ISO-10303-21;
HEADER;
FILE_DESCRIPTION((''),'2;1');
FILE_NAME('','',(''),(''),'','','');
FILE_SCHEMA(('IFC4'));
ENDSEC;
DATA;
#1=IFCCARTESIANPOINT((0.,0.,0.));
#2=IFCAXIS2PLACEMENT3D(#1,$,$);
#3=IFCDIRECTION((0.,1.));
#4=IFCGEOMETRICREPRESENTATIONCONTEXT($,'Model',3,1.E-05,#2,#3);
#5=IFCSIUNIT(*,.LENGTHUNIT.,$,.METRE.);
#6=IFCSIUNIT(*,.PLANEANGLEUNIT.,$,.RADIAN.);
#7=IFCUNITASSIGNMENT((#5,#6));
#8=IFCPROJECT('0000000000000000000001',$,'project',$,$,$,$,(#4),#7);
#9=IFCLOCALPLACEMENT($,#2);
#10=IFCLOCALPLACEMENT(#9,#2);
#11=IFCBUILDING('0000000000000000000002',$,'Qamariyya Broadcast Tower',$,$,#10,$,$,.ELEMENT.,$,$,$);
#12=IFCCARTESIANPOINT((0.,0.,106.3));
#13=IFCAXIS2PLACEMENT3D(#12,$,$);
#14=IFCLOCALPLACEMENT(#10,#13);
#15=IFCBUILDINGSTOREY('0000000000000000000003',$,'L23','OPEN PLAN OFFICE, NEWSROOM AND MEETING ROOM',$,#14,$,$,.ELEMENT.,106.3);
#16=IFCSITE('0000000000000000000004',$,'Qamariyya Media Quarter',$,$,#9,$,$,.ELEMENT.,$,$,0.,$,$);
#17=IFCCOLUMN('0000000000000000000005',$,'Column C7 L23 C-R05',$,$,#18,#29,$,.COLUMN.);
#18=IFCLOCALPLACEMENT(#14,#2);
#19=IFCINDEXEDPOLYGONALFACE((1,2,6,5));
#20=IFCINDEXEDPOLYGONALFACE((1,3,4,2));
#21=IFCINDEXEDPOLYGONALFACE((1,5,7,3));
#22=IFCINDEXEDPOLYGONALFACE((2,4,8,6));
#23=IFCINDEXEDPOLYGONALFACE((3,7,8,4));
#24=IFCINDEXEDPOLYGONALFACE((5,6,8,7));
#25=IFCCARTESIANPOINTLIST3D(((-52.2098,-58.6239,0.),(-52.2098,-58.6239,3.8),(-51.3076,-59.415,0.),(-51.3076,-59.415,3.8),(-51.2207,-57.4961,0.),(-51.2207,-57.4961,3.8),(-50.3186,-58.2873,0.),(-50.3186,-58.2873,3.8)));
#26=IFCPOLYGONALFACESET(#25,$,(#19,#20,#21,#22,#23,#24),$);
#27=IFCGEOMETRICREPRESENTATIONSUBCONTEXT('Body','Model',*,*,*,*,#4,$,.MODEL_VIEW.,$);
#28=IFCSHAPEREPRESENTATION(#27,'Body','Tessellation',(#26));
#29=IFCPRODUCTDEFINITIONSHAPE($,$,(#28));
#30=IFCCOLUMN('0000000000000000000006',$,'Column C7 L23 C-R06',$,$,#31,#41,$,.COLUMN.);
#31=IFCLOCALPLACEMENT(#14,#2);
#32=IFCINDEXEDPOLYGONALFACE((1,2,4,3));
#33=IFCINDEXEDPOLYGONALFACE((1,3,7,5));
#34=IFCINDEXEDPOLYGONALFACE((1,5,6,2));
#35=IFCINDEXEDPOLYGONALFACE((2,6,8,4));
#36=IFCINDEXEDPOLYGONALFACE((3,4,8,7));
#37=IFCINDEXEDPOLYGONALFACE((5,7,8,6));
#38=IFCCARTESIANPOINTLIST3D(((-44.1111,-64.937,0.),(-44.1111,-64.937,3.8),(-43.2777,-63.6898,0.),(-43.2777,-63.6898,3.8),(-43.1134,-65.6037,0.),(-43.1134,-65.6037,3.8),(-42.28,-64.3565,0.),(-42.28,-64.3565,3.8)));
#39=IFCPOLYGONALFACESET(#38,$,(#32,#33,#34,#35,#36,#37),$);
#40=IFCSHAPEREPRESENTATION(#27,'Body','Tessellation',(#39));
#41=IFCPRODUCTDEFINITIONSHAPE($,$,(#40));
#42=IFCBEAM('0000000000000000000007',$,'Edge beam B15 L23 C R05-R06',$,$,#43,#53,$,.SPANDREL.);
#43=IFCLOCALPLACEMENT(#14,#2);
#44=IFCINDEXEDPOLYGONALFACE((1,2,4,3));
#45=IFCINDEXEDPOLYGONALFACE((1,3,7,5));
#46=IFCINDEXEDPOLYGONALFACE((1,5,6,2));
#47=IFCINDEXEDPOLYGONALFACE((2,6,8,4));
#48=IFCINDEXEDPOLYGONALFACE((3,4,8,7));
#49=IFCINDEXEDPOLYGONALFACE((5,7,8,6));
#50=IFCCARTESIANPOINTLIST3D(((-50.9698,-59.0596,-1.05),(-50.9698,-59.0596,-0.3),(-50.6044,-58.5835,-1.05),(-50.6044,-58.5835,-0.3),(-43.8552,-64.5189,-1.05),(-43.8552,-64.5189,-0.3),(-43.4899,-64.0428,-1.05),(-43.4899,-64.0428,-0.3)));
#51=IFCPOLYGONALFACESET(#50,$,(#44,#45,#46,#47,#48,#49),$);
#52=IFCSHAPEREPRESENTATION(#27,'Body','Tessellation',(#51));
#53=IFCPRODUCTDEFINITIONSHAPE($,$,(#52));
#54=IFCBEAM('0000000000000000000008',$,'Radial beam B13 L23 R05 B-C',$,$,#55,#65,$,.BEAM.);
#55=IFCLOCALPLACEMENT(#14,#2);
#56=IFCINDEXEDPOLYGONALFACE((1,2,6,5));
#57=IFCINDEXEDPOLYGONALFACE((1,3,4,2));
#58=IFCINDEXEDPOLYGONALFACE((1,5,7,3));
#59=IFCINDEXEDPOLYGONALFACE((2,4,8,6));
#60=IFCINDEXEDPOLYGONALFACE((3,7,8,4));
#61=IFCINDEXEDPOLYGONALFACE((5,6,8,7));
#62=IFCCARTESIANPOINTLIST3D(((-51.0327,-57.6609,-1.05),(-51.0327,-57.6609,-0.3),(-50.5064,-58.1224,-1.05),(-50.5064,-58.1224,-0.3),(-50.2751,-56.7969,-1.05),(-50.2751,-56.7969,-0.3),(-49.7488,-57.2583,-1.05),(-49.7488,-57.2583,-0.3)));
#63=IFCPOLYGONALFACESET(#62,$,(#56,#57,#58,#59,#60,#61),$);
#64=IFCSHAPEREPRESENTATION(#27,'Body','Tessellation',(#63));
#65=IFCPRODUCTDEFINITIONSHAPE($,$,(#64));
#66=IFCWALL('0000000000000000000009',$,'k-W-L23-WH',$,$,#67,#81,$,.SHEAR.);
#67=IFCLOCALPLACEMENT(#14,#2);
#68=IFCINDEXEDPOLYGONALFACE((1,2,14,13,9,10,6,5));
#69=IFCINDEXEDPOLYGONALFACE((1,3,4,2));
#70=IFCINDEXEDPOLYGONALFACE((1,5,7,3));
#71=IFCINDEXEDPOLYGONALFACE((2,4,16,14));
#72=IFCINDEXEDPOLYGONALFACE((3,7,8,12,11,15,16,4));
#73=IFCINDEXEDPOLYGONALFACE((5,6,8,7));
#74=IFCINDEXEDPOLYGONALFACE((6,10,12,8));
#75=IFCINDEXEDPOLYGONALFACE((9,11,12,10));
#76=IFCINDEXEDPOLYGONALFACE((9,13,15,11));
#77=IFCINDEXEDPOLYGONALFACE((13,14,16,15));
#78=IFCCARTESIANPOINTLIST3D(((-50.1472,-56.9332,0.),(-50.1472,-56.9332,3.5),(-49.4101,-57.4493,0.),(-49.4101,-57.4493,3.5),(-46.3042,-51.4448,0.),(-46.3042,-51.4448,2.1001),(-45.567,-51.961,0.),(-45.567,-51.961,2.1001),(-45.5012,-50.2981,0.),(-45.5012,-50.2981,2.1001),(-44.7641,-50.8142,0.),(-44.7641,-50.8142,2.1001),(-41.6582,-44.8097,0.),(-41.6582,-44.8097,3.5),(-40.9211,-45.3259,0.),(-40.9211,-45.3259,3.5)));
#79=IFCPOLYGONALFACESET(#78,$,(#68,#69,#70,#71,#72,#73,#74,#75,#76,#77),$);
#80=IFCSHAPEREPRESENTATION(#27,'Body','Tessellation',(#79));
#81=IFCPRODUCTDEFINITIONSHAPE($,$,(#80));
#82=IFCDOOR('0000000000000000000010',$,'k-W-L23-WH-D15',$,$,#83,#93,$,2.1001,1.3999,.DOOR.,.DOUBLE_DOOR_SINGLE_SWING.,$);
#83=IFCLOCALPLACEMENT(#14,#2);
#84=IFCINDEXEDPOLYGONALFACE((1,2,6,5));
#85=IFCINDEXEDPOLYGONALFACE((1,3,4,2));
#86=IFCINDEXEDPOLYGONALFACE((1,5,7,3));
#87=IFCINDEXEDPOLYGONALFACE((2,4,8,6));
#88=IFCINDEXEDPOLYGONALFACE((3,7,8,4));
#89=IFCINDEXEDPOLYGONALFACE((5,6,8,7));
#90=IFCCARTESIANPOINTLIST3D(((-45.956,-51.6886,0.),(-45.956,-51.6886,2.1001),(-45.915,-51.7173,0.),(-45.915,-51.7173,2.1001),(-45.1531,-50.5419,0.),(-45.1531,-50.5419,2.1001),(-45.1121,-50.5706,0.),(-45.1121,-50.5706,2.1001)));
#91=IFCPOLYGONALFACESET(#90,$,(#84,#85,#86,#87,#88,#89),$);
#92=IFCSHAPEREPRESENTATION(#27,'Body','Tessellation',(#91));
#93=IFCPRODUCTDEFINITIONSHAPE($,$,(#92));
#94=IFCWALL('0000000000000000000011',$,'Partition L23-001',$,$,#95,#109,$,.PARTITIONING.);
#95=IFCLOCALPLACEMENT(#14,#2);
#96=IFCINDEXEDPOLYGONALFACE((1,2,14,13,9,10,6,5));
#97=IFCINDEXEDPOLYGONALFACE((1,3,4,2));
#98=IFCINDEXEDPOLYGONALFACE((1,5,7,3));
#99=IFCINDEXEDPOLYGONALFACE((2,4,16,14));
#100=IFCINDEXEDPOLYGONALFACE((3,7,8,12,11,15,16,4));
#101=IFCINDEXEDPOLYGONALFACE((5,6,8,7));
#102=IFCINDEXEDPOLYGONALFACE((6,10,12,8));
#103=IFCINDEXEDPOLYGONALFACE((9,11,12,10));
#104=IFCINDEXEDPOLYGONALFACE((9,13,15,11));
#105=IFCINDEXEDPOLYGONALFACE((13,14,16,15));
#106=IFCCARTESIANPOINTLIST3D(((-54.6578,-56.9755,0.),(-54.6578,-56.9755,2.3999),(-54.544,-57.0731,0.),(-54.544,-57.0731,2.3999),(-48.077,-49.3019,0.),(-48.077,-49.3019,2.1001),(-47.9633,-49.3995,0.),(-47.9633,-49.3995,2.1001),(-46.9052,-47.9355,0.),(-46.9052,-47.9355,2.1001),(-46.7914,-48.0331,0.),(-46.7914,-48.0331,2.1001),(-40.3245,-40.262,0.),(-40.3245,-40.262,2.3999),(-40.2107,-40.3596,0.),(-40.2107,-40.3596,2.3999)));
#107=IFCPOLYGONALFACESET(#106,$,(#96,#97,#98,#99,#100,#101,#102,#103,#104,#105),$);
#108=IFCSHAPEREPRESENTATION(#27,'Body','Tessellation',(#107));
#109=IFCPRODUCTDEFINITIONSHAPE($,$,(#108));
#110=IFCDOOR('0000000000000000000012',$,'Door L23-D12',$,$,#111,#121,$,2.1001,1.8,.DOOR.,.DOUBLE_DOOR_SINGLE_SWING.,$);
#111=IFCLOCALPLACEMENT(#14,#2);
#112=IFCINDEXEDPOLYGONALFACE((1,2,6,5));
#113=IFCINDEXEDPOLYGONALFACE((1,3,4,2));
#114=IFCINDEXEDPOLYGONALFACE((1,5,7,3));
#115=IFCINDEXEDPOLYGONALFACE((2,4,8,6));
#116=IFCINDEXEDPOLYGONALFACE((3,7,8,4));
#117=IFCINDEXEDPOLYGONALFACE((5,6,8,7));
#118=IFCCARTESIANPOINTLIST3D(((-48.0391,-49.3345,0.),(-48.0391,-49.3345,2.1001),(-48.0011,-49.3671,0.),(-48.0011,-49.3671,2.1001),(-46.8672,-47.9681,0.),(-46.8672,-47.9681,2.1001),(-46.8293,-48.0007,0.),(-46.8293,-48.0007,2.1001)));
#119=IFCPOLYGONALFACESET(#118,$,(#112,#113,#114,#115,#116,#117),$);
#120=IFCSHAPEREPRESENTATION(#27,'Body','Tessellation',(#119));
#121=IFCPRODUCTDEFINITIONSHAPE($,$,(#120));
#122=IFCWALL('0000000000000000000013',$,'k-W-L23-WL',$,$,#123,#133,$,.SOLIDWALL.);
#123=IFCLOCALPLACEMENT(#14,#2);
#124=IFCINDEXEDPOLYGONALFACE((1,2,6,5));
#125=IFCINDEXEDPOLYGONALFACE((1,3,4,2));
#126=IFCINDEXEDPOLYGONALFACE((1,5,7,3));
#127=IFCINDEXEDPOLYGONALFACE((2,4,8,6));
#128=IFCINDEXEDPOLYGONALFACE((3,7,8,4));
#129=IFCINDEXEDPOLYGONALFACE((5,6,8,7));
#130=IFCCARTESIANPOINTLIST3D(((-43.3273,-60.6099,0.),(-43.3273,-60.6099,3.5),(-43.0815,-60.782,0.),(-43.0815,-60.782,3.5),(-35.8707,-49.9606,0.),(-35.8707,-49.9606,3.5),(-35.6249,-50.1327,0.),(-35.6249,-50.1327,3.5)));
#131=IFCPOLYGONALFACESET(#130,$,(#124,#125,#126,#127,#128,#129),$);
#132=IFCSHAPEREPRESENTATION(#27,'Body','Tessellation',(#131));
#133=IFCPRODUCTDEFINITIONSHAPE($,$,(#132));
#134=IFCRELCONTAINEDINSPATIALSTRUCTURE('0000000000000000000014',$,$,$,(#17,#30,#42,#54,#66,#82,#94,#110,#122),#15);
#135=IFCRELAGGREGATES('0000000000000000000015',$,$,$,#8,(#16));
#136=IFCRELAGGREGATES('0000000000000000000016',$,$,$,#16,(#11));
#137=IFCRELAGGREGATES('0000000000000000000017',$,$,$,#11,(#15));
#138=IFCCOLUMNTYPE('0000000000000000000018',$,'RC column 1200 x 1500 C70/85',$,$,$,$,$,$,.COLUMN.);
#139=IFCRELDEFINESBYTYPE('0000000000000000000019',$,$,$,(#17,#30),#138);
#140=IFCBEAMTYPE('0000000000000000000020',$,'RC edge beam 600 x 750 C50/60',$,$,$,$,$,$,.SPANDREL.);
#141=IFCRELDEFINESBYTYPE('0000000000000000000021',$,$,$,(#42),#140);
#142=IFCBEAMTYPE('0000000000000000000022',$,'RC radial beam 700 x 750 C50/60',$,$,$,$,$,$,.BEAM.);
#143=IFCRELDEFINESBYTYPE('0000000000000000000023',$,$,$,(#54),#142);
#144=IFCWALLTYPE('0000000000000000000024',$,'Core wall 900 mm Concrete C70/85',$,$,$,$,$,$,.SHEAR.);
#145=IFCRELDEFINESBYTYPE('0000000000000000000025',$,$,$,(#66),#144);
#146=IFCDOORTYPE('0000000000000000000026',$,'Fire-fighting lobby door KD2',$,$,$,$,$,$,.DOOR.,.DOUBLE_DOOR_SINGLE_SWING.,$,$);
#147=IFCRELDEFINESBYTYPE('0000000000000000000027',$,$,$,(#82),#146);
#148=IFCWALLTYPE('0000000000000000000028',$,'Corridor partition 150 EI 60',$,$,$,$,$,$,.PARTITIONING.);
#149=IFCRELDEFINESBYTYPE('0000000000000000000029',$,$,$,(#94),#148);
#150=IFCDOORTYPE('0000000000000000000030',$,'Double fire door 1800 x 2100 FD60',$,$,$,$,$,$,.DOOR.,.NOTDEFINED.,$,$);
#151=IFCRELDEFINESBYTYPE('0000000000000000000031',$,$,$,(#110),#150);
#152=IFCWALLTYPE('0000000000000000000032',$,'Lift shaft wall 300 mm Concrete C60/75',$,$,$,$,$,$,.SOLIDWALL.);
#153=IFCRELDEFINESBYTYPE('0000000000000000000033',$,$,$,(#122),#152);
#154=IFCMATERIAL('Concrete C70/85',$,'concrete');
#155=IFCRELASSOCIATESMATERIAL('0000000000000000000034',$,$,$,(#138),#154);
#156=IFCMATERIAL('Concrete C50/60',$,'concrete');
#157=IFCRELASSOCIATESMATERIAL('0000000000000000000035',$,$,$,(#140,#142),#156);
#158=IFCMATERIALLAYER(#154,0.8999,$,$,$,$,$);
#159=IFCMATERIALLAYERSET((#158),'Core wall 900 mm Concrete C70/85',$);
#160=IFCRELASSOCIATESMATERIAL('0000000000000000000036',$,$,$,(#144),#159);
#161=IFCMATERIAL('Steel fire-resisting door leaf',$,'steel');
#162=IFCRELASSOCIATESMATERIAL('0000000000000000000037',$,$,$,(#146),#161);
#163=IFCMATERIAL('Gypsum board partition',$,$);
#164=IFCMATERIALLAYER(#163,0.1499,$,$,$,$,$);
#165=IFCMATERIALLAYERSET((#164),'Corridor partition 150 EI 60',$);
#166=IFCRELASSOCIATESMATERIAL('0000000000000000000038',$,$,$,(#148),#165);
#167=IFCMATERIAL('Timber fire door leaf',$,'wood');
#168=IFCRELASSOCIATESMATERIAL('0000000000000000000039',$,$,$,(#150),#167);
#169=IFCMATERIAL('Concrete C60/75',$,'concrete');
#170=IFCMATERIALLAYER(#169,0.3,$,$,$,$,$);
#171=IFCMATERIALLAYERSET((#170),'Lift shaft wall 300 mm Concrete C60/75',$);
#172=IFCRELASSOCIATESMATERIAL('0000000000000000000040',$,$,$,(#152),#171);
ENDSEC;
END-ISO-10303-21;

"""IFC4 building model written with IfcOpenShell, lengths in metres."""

from ifc_helpers import new_model, si_unit, direction, frame, frame_2d, origin, origin_2d, place, context, subcontext, project, spatial, rectangle, extrude, material, layer, layer_set, material_profile, profile_set, type_object, element, fill, save


model = new_model("IFC4")

# Units and contexts
model_context = context("Model", 3, precision=1e-05, world=origin(), true_north=direction((0.0, 1.0)))
body_context = subcontext(model_context, "Body", "Model", "MODEL_VIEW")
ifc_project = project(units=[si_unit("LENGTHUNIT", "METRE"), si_unit("PLANEANGLEUNIT", "RADIAN")], contexts=[model_context])

# Site, building, storey
site_placement = place(None, origin())
site = spatial("IfcSite", under=ifc_project, at=site_placement, Name="Qamariyya Media Quarter", CompositionType="ELEMENT", RefElevation=0.0)
building_placement = place(site_placement, origin())
building = spatial("IfcBuilding", under=site, at=building_placement, Name="Qamariyya Broadcast Tower", CompositionType="ELEMENT")
storey_placement = place(building_placement, frame((0.0, 0.0, 106.3)))
storey = spatial("IfcBuildingStorey", under=building, at=storey_placement, Name="L23", Description="OPEN PLAN OFFICE, NEWSROOM AND MEETING ROOM", CompositionType="ELEMENT", Elevation=106.3)

# Columns
ifc_material_1 = material(Name="Concrete C70/85", Category="concrete")
ifc_material_profile_1 = material_profile(ifc_material_1, rectangle(XDim=1.2, YDim=1.5, at=origin_2d()))
ifc_profile_set_1 = profile_set([ifc_material_profile_1], Name="Concrete C70/85")
column_type = type_object("IfcColumnType", Name="RC column 1200 x 1500 C70/85", PredefinedType="COLUMN", material=ifc_profile_set_1)
for number, where, z_axis, x_axis, name in (
    (1, (-51.2642, -58.4556, 0.0), (0.0, 0.0, 1.0), (0.75184, -0.659346, 0.0), "Column C7 L23 C-R05"),
    (2, (-43.1956, -64.6467, 0.0), (0.0, 0.0, 1.0), (0.83147, -0.55557, 0.0), "Column C7 L23 C-R06"),
):
    element("IfcColumn", number, at=place(storey_placement, frame(where, z_axis=z_axis, x_axis=x_axis)), inside=storey, type_object=column_type, Name=name, PredefinedType="COLUMN", context=body_context, shape_type="SweptSolid", body=[
        extrude(rectangle(XDim=1.2, YDim=1.5, at=origin_2d()), origin(), (0.0, 0.0, 1.0), 3.8),
    ])

# Beams
ifc_material_2 = material(Name="Concrete C50/60", Category="concrete")
ifc_material_profile_2 = material_profile(ifc_material_2, rectangle(XDim=0.6001, YDim=0.75, at=origin_2d()))
ifc_profile_set_2 = profile_set([ifc_material_profile_2], Name="Concrete C50/60")
beam_type_1 = type_object("IfcBeamType", Name="RC edge beam 600 x 750 C50/60", PredefinedType="SPANDREL", material=ifc_profile_set_2)
beam_1_placement = place(storey_placement, frame((-50.7871, -58.8215, -0.675), z_axis=(0.793349, -0.608767, 0.0), x_axis=(0.608767, 0.793349, 0.0)))
element("IfcBeam", 3, at=beam_1_placement, inside=storey, type_object=beam_type_1, Name="Edge beam B15 L23 C R05-R06", PredefinedType="SPANDREL", context=body_context, shape_type="SweptSolid", body=[
    extrude(rectangle(XDim=0.6001, YDim=0.75, at=origin_2d()), origin(), (0.0, 0.0, 1.0), 8.9678),
])
ifc_material_profile_3 = material_profile(ifc_material_2, rectangle(XDim=0.7, YDim=0.75, at=origin_2d()))
ifc_profile_set_3 = profile_set([ifc_material_profile_3], Name="Concrete C50/60")
beam_type_2 = type_object("IfcBeamType", Name="RC radial beam 700 x 750 C50/60", PredefinedType="BEAM", material=ifc_profile_set_3)
beam_2_placement = place(storey_placement, frame((-50.012, -57.0276, -0.675), z_axis=(-0.659271, -0.751905, 0.0), x_axis=(0.751905, -0.659271, 0.0)))
element("IfcBeam", 4, at=beam_2_placement, inside=storey, type_object=beam_type_2, Name="Radial beam B13 L23 R05 B-C", PredefinedType="BEAM", context=body_context, shape_type="SweptSolid", body=[
    extrude(rectangle(XDim=0.7, YDim=0.75, at=origin_2d()), origin(), (0.0, 0.0, 1.0), 1.1492),
])

# Walls, openings, doors
ifc_layer_1 = layer(ifc_material_1, 0.8999)
ifc_layer_set_1 = layer_set([ifc_layer_1], Name="Core wall 900 mm Concrete C70/85")
wall_type_1 = type_object("IfcWallType", Name="Core wall 900 mm Concrete C70/85", PredefinedType="SHEAR", material=ifc_layer_set_1)
wall_1_placement = place(storey_placement, frame((-49.7786, -57.1912, 0.0), z_axis=(0.0, 0.0, 1.0), x_axis=(0.573577, 0.819151, 0.0)))
wall_1 = element("IfcWall", 5, at=wall_1_placement, inside=storey, type_object=wall_type_1, Name="k-W-L23-WH", PredefinedType="SHEAR", context=body_context, shape_type="SweptSolid", body=[
    extrude(rectangle(XDim=14.8, YDim=0.8999, at=frame_2d((7.3999, 0.0))), origin(), (0.0, 0.0, 1.0), 3.5),
])
opening_1_placement = place(wall_1_placement, frame((6.7, 0.0, 0.0)))
opening_1 = element("IfcOpeningElement", 6, at=opening_1_placement, cuts=wall_1, PredefinedType="OPENING", context=body_context, shape_type="SweptSolid", body=[
    extrude(rectangle(XDim=1.3999, YDim=2.1001, at=frame_2d((0.7, 1.05))), frame((0.0, 0.46, 0.0), z_axis=(0.0, -1.0, 0.0), x_axis=(1.0, 0.0, 0.0)), (0.0, 0.0, 1.0), 0.9199),
])
ifc_material_3 = material(Name="Steel fire-resisting door leaf", Category="steel")
door_type_1 = type_object("IfcDoorType", Name="Fire-fighting lobby door KD2", OperationType="DOUBLE_DOOR_SINGLE_SWING", PredefinedType="DOOR", material=ifc_material_3)
door_1_placement = place(opening_1_placement, origin())
door_1 = element("IfcDoor", 7, at=door_1_placement, inside=storey, type_object=door_type_1, Name="k-W-L23-WH-D15", OperationType="DOUBLE_DOOR_SINGLE_SWING", OverallHeight=2.1001, OverallWidth=1.3999, PredefinedType="DOOR", context=body_context, shape_type="SweptSolid", body=[
    extrude(rectangle(XDim=1.3999, YDim=2.1001, at=frame_2d((0.7, 1.05))), frame((0.0, 0.0249, 0.0), z_axis=(0.0, -1.0, 0.0), x_axis=(1.0, 0.0, 0.0)), (0.0, 0.0, 1.0), 0.05),
])
fill(opening_1, door_1)
ifc_material_4 = material(Name="Gypsum board partition")
ifc_layer_2 = layer(ifc_material_4, 0.1499)
ifc_layer_set_2 = layer_set([ifc_layer_2], Name="Corridor partition 150 EI 60")
wall_type_2 = type_object("IfcWallType", Name="Corridor partition 150 EI 60", PredefinedType="PARTITIONING", material=ifc_layer_set_2)
wall_2_placement = place(storey_placement, frame((-54.6008, -57.0242, 0.0), z_axis=(0.0, 0.0, 1.0), x_axis=(0.650988, 0.759088, 0.0)))
wall_2 = element("IfcWall", 8, at=wall_2_placement, inside=storey, type_object=wall_type_2, Name="Partition L23-001", PredefinedType="PARTITIONING", context=body_context, shape_type="SweptSolid", body=[
    extrude(rectangle(XDim=22.0178, YDim=0.1499, at=frame_2d((11.0088, 0.0))), origin(), (0.0, 0.0, 1.0), 2.3999),
])
opening_2_placement = place(wall_2_placement, frame((10.1089, 0.0, 0.0)))
opening_2 = element("IfcOpeningElement", 9, at=opening_2_placement, cuts=wall_2, PredefinedType="OPENING", context=body_context, shape_type="SweptSolid", body=[
    extrude(rectangle(XDim=1.8, YDim=2.1001, at=frame_2d((0.8999, 1.05))), frame((0.0, 0.085, 0.0), z_axis=(0.0, -1.0, 0.0), x_axis=(1.0, 0.0, 0.0)), (0.0, 0.0, 1.0), 0.1699),
])
ifc_material_5 = material(Name="Timber fire door leaf", Category="wood")
door_type_2 = type_object("IfcDoorType", Name="Double fire door 1800 x 2100 FD60", OperationType="NOTDEFINED", PredefinedType="DOOR", material=ifc_material_5)
door_2_placement = place(opening_2_placement, origin())
door_2 = element("IfcDoor", 10, at=door_2_placement, inside=storey, type_object=door_type_2, Name="Door L23-D12", OperationType="DOUBLE_DOOR_SINGLE_SWING", OverallHeight=2.1001, OverallWidth=1.8, PredefinedType="DOOR", context=body_context, shape_type="SweptSolid", body=[
    extrude(rectangle(XDim=1.8, YDim=2.1001, at=frame_2d((0.8999, 1.05))), frame((0.0, 0.0249, 0.0), z_axis=(0.0, -1.0, 0.0), x_axis=(1.0, 0.0, 0.0)), (0.0, 0.0, 1.0), 0.05),
])
fill(opening_2, door_2)

# Wall
ifc_material_6 = material(Name="Concrete C60/75", Category="concrete")
ifc_layer_3 = layer(ifc_material_6, 0.3)
ifc_layer_set_3 = layer_set([ifc_layer_3], Name="Lift shaft wall 300 mm Concrete C60/75")
wall_type_3 = type_object("IfcWallType", Name="Lift shaft wall 300 mm Concrete C60/75", PredefinedType="SOLIDWALL", material=ifc_layer_set_3)
wall_3_placement = place(storey_placement, frame((-43.2043, -60.6958, 0.0), z_axis=(0.0, 0.0, 1.0), x_axis=(0.573572, 0.819155, 0.0)))
element("IfcWall", 11, at=wall_3_placement, inside=storey, type_object=wall_type_3, Name="k-W-L23-WL", PredefinedType="SOLIDWALL", context=body_context, shape_type="SweptSolid", body=[
    extrude(rectangle(XDim=13.0002, YDim=0.3, at=frame_2d((6.5, 0.0))), origin(), (0.0, 0.0, 1.0), 3.5),
])

save(model, "model.ifc")
